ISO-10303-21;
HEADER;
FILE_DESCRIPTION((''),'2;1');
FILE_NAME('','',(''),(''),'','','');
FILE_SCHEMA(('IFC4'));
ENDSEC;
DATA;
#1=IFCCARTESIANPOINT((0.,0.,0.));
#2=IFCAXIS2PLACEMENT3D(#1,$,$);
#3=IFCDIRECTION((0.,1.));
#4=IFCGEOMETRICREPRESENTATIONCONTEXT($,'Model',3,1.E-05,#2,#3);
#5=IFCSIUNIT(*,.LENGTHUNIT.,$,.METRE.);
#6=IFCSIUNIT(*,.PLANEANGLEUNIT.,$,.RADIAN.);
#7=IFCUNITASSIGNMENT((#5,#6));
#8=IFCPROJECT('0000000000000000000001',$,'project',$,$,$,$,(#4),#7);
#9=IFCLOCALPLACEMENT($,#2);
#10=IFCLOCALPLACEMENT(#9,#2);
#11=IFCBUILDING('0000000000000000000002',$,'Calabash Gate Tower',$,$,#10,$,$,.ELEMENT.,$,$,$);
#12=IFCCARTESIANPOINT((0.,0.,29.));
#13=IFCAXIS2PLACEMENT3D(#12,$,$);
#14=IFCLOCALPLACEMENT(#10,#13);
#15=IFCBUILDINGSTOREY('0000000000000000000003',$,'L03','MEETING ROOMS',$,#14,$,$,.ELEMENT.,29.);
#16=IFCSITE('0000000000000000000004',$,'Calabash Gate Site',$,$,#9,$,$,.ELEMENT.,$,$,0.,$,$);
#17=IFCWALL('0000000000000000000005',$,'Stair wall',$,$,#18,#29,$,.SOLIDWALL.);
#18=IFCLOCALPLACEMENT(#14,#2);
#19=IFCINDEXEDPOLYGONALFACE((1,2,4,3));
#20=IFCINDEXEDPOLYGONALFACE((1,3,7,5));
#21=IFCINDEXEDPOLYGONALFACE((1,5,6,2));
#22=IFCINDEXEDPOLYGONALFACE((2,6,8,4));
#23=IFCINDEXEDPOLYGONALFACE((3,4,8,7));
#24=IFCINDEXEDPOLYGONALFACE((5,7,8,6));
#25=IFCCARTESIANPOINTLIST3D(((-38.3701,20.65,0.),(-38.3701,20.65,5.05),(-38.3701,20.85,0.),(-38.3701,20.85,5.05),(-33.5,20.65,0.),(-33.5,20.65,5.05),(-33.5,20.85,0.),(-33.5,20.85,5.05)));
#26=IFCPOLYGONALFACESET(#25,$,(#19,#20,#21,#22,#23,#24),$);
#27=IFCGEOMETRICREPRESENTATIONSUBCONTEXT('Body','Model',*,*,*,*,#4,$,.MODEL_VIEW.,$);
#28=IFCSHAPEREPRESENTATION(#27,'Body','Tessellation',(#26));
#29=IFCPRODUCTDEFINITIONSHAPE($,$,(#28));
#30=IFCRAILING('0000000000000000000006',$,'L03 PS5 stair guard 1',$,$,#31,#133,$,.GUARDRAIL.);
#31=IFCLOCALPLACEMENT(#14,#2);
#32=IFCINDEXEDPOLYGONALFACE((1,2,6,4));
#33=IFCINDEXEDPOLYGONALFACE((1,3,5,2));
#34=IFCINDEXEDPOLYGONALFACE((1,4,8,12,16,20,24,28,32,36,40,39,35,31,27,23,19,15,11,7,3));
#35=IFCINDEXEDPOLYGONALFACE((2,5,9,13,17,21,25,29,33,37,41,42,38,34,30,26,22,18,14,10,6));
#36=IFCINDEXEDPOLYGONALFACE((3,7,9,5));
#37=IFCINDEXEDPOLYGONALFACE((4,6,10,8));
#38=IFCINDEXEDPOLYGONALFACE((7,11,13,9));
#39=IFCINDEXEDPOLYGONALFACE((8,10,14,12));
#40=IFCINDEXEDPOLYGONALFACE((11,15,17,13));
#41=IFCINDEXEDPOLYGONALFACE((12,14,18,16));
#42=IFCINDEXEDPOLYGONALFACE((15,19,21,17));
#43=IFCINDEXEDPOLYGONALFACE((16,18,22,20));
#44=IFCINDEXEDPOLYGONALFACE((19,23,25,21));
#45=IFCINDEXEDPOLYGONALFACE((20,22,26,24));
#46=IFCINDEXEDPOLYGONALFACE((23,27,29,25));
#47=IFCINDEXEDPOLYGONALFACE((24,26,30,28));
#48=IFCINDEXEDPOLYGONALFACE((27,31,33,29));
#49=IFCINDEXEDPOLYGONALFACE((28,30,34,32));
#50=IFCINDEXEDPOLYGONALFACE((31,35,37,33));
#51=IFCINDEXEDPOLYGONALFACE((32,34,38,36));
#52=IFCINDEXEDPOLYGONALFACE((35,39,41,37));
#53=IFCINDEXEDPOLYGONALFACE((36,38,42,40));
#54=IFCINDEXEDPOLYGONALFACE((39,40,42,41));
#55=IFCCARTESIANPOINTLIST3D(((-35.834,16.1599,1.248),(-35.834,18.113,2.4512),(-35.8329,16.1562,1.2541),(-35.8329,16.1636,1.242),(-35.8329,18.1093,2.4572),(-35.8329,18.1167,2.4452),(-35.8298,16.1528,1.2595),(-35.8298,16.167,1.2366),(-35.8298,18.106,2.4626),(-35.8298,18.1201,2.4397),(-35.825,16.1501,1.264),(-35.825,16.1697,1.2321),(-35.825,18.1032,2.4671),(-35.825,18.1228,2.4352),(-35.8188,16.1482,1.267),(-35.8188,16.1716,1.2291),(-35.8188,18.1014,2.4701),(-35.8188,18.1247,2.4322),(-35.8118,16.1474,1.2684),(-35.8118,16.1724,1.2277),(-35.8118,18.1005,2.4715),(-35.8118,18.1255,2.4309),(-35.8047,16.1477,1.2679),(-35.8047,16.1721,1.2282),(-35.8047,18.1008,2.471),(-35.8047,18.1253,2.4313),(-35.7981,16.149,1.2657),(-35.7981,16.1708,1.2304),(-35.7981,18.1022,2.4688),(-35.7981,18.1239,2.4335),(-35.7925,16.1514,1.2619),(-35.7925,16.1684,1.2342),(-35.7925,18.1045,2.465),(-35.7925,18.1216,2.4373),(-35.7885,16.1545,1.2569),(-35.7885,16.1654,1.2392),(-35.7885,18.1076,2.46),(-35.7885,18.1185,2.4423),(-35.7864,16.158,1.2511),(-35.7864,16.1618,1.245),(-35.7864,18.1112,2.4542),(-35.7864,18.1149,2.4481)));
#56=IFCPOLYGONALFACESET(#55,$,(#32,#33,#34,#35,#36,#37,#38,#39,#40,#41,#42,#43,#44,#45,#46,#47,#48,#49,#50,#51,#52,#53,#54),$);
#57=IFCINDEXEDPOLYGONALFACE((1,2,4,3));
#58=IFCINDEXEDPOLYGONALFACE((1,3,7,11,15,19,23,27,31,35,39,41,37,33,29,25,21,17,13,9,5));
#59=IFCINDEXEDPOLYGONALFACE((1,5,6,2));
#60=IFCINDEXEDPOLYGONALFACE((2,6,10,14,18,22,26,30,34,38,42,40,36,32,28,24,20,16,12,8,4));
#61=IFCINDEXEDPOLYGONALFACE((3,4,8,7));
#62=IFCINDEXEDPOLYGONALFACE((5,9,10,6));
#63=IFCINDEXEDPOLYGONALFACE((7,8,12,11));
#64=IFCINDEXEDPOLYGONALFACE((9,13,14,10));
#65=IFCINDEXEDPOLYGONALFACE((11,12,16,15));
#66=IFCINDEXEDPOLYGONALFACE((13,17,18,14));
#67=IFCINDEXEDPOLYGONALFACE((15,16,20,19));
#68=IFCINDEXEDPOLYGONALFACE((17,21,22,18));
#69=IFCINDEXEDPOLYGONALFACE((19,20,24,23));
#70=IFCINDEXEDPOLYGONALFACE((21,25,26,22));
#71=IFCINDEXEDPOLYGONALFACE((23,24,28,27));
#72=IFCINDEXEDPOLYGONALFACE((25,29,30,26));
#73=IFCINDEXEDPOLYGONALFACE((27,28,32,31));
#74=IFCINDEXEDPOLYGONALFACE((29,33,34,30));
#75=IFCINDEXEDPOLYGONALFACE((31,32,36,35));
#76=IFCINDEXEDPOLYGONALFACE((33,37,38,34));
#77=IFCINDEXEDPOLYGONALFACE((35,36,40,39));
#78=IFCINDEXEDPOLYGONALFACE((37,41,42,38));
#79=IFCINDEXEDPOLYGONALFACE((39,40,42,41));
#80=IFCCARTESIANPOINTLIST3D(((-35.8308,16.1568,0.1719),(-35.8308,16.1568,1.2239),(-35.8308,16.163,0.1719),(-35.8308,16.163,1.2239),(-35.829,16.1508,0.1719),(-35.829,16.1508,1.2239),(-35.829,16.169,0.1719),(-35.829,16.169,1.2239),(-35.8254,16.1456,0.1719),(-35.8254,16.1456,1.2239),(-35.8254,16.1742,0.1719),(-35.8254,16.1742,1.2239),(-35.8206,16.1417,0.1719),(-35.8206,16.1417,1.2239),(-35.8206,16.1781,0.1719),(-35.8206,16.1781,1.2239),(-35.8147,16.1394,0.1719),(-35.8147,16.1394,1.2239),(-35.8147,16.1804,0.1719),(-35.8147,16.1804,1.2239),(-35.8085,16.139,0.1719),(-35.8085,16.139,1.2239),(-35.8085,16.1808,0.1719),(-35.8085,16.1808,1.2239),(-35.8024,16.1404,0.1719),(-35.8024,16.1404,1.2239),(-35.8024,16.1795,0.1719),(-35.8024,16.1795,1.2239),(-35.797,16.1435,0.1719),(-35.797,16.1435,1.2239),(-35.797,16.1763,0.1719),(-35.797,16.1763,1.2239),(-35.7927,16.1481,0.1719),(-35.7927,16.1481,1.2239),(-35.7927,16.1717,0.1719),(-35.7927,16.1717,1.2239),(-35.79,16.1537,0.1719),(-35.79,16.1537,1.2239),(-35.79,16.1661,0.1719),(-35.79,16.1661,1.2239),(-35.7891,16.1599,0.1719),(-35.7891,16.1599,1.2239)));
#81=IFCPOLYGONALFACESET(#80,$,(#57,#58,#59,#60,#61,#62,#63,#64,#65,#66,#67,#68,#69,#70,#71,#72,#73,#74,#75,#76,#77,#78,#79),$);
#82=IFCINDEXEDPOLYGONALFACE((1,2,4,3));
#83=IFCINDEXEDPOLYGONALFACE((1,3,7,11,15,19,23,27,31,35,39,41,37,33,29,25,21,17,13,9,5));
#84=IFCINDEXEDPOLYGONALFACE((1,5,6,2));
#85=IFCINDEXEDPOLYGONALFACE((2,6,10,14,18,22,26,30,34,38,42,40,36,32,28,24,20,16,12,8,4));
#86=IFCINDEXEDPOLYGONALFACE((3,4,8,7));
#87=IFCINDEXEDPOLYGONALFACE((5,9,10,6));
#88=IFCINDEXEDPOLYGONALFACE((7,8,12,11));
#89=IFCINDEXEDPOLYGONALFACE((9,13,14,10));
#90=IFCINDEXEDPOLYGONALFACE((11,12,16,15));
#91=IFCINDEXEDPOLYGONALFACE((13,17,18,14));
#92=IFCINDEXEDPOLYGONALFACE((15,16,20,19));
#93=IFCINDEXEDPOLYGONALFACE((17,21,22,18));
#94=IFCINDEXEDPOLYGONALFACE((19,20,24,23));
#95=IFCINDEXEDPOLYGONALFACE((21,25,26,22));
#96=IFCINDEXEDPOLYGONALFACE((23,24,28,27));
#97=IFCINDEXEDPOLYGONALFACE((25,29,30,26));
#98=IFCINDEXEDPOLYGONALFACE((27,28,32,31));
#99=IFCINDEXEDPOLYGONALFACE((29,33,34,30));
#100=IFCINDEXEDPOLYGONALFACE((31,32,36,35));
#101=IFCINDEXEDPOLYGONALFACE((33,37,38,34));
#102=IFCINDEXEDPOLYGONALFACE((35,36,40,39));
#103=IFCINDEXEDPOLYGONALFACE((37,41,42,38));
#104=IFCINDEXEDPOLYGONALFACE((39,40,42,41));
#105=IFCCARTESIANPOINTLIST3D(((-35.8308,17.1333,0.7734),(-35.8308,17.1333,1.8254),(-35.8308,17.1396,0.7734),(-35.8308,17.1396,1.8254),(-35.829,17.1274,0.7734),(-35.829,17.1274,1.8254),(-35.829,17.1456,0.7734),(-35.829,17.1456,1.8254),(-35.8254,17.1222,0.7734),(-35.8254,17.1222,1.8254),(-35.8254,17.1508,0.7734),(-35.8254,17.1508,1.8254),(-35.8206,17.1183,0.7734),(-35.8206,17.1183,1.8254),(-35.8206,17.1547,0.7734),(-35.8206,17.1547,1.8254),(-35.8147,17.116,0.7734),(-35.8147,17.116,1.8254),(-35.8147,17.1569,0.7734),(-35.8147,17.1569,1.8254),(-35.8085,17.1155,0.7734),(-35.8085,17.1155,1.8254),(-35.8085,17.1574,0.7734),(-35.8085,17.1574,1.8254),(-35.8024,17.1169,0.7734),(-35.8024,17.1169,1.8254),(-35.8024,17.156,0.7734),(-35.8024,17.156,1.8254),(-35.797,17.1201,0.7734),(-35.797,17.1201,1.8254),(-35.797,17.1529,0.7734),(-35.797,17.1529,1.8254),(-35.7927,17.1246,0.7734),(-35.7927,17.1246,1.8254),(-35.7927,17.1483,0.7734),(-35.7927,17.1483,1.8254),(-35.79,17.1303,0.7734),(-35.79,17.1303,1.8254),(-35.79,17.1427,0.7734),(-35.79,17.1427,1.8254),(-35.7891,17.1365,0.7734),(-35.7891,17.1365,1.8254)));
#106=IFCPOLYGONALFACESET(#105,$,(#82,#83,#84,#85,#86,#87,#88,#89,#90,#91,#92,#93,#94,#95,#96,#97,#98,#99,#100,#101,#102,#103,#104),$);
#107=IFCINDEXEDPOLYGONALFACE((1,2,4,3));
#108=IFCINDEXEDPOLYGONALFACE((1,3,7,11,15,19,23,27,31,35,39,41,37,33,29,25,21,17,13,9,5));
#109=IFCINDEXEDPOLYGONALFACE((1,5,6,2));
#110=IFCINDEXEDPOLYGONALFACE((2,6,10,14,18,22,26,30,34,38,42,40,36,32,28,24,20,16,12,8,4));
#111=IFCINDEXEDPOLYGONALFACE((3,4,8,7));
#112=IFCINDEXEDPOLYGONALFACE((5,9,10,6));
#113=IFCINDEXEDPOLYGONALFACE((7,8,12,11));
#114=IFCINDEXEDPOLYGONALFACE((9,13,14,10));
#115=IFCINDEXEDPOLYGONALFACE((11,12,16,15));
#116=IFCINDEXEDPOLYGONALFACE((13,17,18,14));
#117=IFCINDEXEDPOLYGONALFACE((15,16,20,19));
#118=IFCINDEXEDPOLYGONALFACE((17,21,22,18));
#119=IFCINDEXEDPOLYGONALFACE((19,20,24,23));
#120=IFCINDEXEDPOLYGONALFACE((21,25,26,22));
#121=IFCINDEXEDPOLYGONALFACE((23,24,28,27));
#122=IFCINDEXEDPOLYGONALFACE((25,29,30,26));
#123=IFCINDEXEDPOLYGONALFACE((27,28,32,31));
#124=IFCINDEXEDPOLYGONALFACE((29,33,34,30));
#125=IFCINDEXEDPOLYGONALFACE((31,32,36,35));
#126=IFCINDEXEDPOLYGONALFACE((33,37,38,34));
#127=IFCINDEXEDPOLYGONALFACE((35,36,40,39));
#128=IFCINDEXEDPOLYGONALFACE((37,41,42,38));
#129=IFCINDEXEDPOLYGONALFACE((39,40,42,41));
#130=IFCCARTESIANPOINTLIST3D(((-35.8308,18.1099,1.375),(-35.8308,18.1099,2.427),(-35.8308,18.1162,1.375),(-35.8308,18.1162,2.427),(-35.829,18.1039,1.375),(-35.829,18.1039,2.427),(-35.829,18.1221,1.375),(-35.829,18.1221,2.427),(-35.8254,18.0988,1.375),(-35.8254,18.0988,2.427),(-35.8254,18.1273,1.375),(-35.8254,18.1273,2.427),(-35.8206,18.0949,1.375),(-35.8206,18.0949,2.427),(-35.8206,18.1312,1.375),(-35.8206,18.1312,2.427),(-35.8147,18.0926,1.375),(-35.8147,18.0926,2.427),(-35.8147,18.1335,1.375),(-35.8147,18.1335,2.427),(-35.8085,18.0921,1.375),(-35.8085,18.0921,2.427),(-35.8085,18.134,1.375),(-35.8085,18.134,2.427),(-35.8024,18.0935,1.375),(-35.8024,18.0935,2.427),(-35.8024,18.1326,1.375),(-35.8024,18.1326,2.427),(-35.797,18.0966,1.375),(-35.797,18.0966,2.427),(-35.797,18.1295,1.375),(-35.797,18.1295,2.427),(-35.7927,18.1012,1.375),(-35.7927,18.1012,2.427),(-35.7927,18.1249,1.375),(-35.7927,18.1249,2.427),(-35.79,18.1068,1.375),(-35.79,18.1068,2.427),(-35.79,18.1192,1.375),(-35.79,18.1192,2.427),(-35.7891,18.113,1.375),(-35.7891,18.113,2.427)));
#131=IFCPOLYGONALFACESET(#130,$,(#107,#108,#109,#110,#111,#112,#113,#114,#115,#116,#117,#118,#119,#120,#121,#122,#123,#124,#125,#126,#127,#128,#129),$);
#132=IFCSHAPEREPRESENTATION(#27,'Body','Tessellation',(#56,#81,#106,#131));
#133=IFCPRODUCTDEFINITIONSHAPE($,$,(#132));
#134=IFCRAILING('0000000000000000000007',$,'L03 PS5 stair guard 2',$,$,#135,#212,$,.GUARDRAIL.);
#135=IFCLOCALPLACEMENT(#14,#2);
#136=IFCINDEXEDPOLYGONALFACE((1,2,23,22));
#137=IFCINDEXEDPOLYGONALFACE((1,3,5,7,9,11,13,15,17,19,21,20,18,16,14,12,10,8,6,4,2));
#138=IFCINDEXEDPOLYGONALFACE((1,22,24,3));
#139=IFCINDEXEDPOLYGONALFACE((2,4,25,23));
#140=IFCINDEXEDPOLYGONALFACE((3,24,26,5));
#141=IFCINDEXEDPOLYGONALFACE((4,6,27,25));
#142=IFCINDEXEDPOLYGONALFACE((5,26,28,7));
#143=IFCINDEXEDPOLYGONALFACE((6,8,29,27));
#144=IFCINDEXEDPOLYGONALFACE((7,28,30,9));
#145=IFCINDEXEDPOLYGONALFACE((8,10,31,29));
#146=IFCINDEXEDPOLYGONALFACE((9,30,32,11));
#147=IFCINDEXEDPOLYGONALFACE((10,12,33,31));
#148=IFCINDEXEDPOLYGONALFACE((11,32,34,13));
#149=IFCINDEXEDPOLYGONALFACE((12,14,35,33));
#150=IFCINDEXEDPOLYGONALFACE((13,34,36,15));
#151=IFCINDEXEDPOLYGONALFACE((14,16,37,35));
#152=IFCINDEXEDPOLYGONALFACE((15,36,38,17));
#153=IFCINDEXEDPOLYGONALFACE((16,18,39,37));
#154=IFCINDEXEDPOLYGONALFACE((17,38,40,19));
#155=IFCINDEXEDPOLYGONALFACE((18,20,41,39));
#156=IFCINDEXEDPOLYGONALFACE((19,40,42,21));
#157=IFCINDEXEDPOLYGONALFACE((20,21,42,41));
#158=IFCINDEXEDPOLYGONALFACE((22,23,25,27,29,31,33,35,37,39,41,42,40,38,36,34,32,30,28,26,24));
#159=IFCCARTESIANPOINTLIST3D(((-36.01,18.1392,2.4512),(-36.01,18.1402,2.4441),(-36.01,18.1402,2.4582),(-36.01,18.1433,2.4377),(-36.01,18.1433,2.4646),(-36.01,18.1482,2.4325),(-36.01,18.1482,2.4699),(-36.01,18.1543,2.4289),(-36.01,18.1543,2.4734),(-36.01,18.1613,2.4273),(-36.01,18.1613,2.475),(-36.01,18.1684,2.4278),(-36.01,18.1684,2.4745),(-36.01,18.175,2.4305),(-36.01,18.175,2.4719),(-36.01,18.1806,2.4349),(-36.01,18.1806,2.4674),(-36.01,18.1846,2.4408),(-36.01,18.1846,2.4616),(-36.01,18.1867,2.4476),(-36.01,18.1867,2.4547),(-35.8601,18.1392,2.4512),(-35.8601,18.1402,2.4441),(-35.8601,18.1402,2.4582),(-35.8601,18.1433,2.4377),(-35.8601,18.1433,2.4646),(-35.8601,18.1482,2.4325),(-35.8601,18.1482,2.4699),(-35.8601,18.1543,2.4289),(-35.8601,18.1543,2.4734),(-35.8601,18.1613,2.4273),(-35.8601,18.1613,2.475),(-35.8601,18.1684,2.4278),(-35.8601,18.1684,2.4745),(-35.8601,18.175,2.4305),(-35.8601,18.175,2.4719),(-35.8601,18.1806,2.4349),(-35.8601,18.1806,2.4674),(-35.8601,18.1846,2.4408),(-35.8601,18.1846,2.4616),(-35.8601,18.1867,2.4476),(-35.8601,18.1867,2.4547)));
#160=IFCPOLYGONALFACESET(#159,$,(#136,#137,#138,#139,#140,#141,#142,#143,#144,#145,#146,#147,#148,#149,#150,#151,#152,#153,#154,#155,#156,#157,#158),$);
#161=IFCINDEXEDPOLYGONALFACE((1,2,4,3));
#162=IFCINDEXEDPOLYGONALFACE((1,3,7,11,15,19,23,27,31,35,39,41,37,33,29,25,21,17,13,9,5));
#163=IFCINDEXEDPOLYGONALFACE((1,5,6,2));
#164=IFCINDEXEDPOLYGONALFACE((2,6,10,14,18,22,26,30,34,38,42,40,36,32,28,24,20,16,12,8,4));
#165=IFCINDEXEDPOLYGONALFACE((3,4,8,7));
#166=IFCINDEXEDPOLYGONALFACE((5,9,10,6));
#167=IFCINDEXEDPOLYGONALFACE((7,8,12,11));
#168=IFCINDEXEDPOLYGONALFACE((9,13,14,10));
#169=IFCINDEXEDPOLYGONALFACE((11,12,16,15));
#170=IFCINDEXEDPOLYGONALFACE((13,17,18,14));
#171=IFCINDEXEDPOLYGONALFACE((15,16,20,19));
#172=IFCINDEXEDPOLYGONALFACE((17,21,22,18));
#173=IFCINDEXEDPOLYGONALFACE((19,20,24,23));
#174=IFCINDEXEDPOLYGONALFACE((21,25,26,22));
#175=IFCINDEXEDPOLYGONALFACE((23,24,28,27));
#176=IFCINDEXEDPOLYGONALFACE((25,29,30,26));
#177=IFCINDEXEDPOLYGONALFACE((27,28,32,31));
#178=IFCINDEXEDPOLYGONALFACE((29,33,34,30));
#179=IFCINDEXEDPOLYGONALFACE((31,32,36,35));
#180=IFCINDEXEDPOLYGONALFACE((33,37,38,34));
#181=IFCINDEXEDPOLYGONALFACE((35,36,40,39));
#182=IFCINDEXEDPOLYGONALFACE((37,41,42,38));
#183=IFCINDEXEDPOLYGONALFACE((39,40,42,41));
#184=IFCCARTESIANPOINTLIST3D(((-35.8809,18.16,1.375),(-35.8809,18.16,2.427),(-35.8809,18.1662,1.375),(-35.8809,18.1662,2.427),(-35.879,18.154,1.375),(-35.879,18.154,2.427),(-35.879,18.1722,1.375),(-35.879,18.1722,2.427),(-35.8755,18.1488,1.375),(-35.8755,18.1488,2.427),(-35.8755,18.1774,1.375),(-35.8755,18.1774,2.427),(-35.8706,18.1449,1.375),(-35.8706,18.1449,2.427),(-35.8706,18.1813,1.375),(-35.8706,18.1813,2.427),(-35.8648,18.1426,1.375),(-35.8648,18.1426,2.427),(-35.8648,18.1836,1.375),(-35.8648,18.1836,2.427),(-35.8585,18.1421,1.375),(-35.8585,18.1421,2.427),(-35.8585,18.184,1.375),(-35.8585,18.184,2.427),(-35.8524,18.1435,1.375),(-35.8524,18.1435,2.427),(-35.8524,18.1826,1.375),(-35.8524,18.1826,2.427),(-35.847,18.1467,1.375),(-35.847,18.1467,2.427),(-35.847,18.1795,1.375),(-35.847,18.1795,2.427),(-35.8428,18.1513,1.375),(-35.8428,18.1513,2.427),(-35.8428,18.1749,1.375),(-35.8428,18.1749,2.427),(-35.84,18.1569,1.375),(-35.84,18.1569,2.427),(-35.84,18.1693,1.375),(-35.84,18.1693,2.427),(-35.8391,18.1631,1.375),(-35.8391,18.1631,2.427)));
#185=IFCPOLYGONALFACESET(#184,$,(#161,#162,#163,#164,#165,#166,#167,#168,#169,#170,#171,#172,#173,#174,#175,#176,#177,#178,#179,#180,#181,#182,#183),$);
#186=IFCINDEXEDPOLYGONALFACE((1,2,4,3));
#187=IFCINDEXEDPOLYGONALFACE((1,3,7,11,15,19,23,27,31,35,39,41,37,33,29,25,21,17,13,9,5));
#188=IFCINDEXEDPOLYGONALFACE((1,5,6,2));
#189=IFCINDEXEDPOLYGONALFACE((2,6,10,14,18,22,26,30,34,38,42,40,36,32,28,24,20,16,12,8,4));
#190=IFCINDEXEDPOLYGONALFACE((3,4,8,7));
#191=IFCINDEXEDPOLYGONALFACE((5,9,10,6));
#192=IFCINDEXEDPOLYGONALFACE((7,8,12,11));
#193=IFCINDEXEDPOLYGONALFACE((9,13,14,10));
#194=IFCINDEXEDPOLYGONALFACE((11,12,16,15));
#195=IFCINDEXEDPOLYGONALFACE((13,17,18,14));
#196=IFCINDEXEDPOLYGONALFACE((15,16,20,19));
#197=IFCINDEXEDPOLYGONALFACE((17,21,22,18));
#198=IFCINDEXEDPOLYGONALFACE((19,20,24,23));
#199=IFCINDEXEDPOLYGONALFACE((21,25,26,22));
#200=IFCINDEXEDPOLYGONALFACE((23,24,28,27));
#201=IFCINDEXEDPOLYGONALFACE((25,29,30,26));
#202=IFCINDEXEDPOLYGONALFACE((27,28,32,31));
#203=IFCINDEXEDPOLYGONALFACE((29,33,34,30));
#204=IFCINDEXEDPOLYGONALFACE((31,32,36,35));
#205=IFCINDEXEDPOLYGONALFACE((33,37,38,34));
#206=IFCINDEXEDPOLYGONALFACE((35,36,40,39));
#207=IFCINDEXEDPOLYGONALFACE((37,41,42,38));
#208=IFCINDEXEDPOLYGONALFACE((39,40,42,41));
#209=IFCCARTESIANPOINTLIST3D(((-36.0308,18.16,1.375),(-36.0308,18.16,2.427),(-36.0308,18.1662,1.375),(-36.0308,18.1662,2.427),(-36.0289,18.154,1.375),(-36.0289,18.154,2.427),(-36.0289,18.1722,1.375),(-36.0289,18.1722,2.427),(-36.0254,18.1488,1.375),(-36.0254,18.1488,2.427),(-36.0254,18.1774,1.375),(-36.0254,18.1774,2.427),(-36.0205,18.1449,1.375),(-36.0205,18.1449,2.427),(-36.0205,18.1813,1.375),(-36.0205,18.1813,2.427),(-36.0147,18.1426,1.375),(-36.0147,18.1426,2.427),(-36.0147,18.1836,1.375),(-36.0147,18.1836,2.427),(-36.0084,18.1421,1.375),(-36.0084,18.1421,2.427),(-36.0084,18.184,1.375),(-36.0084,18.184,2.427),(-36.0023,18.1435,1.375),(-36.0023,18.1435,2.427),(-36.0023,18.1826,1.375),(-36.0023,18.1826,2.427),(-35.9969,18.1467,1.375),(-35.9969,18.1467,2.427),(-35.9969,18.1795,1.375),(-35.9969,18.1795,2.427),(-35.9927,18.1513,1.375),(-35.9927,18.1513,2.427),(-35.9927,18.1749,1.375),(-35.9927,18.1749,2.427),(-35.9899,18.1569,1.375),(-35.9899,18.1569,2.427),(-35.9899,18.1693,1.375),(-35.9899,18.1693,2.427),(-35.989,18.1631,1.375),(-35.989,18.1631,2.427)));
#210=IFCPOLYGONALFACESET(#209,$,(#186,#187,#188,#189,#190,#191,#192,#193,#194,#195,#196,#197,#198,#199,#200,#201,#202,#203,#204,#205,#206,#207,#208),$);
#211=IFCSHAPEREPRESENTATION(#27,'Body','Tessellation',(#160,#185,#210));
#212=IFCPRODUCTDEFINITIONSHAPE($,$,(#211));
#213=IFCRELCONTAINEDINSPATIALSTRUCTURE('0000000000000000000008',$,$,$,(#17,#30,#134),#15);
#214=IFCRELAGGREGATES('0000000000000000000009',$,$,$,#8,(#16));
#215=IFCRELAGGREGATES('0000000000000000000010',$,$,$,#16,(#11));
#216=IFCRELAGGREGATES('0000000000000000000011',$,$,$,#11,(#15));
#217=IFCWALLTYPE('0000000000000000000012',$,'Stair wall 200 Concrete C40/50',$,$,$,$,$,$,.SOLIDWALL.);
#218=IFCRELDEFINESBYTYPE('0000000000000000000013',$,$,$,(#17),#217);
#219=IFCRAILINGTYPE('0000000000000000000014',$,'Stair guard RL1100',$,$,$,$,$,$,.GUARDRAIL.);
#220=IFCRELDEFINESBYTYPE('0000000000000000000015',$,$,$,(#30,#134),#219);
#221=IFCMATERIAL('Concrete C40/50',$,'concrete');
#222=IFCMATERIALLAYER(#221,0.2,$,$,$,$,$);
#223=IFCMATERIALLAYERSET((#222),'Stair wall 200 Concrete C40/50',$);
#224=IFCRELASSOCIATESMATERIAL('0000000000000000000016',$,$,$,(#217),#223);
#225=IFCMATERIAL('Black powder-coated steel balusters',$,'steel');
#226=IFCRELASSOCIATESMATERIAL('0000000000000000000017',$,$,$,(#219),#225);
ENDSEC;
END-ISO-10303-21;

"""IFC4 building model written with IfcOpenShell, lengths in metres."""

from ifc_helpers import new_model, si_unit, direction, frame, frame_2d, origin, origin_2d, place, context, subcontext, project, spatial, rectangle, circle, extrude, material, layer, layer_set, type_object, element, save


model = new_model("IFC4")

# Units and contexts
model_context = context("Model", 3, precision=1e-05, world=origin(), true_north=direction((0.0, 1.0)))
body_context = subcontext(model_context, "Body", "Model", "MODEL_VIEW")
ifc_project = project(units=[si_unit("LENGTHUNIT", "METRE"), si_unit("PLANEANGLEUNIT", "RADIAN")], contexts=[model_context])

# Site, building, storey
site_placement = place(None, origin())
site = spatial("IfcSite", under=ifc_project, at=site_placement, Name="Calabash Gate Site", CompositionType="ELEMENT", RefElevation=0.0)
building_placement = place(site_placement, origin())
building = spatial("IfcBuilding", under=site, at=building_placement, Name="Calabash Gate Tower", CompositionType="ELEMENT")
storey_placement = place(building_placement, frame((0.0, 0.0, 29.0)))
storey = spatial("IfcBuildingStorey", under=building, at=storey_placement, Name="L03", Description="MEETING ROOMS", CompositionType="ELEMENT", Elevation=29.0)

# Wall
ifc_material_1 = material(Name="Concrete C40/50", Category="concrete")
ifc_layer_1 = layer(ifc_material_1, 0.2)
ifc_layer_set_1 = layer_set([ifc_layer_1], Name="Stair wall 200 Concrete C40/50")
wall_type_1 = type_object("IfcWallType", Name="Stair wall 200 Concrete C40/50", PredefinedType="SOLIDWALL", material=ifc_layer_set_1)
wall_1_placement = place(storey_placement, frame((-38.3701, 20.75, 0.0), z_axis=(0.0, 0.0, 1.0), x_axis=(1.0, 0.0, 0.0)))
element("IfcWall", 1, at=wall_1_placement, inside=storey, type_object=wall_type_1, Name="Stair wall", PredefinedType="SOLIDWALL", context=body_context, shape_type="SweptSolid", body=[
    extrude(rectangle(XDim=4.8701, YDim=0.2, at=frame_2d((2.4351, 0.0))), origin(), (0.0, 0.0, 1.0), 5.05),
])

# Railings
ifc_material_2 = material(Name="Black powder-coated steel balusters", Category="steel")
railing_type_1 = type_object("IfcRailingType", Name="Stair guard RL1100", PredefinedType="GUARDRAIL", material=ifc_material_2)
railing_1_placement = place(storey_placement, frame((-35.8101, 16.1599, 0.1719)))
element("IfcRailing", 2, at=railing_1_placement, inside=storey, type_object=railing_type_1, Name="L03 PS5 stair guard 1", PredefinedType="GUARDRAIL", context=body_context, shape_type="SweptSolid", body=[
    extrude(circle(Radius=0.0239, at=origin_2d()), frame((0.0, 0.0, 1.0762), z_axis=(0.0, 0.851424, 0.524477), x_axis=(-1.0, 0.0, 0.0)), (0.0, 0.0, 1.0), 2.2939),
    extrude(circle(Radius=0.021, at=origin_2d()), origin(), (0.0, 0.0, 1.0), 1.052),
    extrude(circle(Radius=0.021, at=origin_2d()), frame((0.0, 0.9766, 0.6016)), (0.0, 0.0, 1.0), 1.052),
    extrude(circle(Radius=0.021, at=origin_2d()), frame((0.0, 1.9531, 1.2031)), (0.0, 0.0, 1.0), 1.052),
])
railing_2_placement = place(storey_placement, frame((-35.8601, 18.1631, 1.375)))
element("IfcRailing", 3, at=railing_2_placement, inside=storey, type_object=railing_type_1, Name="L03 PS5 stair guard 2", PredefinedType="GUARDRAIL", context=body_context, shape_type="SweptSolid", body=[
    extrude(circle(Radius=0.0239, at=origin_2d()), frame((0.0, 0.0, 1.0762), z_axis=(-1.0, 0.0, 0.0), x_axis=(0.0, -1.0, 0.0)), (0.0, 0.0, 1.0), 0.1499),
    extrude(circle(Radius=0.021, at=origin_2d()), origin(), (0.0, 0.0, 1.0), 1.052),
    extrude(circle(Radius=0.021, at=origin_2d()), frame((-0.1499, 0.0, 0.0)), (0.0, 0.0, 1.0), 1.052),
])

save(model, "model.ifc")
